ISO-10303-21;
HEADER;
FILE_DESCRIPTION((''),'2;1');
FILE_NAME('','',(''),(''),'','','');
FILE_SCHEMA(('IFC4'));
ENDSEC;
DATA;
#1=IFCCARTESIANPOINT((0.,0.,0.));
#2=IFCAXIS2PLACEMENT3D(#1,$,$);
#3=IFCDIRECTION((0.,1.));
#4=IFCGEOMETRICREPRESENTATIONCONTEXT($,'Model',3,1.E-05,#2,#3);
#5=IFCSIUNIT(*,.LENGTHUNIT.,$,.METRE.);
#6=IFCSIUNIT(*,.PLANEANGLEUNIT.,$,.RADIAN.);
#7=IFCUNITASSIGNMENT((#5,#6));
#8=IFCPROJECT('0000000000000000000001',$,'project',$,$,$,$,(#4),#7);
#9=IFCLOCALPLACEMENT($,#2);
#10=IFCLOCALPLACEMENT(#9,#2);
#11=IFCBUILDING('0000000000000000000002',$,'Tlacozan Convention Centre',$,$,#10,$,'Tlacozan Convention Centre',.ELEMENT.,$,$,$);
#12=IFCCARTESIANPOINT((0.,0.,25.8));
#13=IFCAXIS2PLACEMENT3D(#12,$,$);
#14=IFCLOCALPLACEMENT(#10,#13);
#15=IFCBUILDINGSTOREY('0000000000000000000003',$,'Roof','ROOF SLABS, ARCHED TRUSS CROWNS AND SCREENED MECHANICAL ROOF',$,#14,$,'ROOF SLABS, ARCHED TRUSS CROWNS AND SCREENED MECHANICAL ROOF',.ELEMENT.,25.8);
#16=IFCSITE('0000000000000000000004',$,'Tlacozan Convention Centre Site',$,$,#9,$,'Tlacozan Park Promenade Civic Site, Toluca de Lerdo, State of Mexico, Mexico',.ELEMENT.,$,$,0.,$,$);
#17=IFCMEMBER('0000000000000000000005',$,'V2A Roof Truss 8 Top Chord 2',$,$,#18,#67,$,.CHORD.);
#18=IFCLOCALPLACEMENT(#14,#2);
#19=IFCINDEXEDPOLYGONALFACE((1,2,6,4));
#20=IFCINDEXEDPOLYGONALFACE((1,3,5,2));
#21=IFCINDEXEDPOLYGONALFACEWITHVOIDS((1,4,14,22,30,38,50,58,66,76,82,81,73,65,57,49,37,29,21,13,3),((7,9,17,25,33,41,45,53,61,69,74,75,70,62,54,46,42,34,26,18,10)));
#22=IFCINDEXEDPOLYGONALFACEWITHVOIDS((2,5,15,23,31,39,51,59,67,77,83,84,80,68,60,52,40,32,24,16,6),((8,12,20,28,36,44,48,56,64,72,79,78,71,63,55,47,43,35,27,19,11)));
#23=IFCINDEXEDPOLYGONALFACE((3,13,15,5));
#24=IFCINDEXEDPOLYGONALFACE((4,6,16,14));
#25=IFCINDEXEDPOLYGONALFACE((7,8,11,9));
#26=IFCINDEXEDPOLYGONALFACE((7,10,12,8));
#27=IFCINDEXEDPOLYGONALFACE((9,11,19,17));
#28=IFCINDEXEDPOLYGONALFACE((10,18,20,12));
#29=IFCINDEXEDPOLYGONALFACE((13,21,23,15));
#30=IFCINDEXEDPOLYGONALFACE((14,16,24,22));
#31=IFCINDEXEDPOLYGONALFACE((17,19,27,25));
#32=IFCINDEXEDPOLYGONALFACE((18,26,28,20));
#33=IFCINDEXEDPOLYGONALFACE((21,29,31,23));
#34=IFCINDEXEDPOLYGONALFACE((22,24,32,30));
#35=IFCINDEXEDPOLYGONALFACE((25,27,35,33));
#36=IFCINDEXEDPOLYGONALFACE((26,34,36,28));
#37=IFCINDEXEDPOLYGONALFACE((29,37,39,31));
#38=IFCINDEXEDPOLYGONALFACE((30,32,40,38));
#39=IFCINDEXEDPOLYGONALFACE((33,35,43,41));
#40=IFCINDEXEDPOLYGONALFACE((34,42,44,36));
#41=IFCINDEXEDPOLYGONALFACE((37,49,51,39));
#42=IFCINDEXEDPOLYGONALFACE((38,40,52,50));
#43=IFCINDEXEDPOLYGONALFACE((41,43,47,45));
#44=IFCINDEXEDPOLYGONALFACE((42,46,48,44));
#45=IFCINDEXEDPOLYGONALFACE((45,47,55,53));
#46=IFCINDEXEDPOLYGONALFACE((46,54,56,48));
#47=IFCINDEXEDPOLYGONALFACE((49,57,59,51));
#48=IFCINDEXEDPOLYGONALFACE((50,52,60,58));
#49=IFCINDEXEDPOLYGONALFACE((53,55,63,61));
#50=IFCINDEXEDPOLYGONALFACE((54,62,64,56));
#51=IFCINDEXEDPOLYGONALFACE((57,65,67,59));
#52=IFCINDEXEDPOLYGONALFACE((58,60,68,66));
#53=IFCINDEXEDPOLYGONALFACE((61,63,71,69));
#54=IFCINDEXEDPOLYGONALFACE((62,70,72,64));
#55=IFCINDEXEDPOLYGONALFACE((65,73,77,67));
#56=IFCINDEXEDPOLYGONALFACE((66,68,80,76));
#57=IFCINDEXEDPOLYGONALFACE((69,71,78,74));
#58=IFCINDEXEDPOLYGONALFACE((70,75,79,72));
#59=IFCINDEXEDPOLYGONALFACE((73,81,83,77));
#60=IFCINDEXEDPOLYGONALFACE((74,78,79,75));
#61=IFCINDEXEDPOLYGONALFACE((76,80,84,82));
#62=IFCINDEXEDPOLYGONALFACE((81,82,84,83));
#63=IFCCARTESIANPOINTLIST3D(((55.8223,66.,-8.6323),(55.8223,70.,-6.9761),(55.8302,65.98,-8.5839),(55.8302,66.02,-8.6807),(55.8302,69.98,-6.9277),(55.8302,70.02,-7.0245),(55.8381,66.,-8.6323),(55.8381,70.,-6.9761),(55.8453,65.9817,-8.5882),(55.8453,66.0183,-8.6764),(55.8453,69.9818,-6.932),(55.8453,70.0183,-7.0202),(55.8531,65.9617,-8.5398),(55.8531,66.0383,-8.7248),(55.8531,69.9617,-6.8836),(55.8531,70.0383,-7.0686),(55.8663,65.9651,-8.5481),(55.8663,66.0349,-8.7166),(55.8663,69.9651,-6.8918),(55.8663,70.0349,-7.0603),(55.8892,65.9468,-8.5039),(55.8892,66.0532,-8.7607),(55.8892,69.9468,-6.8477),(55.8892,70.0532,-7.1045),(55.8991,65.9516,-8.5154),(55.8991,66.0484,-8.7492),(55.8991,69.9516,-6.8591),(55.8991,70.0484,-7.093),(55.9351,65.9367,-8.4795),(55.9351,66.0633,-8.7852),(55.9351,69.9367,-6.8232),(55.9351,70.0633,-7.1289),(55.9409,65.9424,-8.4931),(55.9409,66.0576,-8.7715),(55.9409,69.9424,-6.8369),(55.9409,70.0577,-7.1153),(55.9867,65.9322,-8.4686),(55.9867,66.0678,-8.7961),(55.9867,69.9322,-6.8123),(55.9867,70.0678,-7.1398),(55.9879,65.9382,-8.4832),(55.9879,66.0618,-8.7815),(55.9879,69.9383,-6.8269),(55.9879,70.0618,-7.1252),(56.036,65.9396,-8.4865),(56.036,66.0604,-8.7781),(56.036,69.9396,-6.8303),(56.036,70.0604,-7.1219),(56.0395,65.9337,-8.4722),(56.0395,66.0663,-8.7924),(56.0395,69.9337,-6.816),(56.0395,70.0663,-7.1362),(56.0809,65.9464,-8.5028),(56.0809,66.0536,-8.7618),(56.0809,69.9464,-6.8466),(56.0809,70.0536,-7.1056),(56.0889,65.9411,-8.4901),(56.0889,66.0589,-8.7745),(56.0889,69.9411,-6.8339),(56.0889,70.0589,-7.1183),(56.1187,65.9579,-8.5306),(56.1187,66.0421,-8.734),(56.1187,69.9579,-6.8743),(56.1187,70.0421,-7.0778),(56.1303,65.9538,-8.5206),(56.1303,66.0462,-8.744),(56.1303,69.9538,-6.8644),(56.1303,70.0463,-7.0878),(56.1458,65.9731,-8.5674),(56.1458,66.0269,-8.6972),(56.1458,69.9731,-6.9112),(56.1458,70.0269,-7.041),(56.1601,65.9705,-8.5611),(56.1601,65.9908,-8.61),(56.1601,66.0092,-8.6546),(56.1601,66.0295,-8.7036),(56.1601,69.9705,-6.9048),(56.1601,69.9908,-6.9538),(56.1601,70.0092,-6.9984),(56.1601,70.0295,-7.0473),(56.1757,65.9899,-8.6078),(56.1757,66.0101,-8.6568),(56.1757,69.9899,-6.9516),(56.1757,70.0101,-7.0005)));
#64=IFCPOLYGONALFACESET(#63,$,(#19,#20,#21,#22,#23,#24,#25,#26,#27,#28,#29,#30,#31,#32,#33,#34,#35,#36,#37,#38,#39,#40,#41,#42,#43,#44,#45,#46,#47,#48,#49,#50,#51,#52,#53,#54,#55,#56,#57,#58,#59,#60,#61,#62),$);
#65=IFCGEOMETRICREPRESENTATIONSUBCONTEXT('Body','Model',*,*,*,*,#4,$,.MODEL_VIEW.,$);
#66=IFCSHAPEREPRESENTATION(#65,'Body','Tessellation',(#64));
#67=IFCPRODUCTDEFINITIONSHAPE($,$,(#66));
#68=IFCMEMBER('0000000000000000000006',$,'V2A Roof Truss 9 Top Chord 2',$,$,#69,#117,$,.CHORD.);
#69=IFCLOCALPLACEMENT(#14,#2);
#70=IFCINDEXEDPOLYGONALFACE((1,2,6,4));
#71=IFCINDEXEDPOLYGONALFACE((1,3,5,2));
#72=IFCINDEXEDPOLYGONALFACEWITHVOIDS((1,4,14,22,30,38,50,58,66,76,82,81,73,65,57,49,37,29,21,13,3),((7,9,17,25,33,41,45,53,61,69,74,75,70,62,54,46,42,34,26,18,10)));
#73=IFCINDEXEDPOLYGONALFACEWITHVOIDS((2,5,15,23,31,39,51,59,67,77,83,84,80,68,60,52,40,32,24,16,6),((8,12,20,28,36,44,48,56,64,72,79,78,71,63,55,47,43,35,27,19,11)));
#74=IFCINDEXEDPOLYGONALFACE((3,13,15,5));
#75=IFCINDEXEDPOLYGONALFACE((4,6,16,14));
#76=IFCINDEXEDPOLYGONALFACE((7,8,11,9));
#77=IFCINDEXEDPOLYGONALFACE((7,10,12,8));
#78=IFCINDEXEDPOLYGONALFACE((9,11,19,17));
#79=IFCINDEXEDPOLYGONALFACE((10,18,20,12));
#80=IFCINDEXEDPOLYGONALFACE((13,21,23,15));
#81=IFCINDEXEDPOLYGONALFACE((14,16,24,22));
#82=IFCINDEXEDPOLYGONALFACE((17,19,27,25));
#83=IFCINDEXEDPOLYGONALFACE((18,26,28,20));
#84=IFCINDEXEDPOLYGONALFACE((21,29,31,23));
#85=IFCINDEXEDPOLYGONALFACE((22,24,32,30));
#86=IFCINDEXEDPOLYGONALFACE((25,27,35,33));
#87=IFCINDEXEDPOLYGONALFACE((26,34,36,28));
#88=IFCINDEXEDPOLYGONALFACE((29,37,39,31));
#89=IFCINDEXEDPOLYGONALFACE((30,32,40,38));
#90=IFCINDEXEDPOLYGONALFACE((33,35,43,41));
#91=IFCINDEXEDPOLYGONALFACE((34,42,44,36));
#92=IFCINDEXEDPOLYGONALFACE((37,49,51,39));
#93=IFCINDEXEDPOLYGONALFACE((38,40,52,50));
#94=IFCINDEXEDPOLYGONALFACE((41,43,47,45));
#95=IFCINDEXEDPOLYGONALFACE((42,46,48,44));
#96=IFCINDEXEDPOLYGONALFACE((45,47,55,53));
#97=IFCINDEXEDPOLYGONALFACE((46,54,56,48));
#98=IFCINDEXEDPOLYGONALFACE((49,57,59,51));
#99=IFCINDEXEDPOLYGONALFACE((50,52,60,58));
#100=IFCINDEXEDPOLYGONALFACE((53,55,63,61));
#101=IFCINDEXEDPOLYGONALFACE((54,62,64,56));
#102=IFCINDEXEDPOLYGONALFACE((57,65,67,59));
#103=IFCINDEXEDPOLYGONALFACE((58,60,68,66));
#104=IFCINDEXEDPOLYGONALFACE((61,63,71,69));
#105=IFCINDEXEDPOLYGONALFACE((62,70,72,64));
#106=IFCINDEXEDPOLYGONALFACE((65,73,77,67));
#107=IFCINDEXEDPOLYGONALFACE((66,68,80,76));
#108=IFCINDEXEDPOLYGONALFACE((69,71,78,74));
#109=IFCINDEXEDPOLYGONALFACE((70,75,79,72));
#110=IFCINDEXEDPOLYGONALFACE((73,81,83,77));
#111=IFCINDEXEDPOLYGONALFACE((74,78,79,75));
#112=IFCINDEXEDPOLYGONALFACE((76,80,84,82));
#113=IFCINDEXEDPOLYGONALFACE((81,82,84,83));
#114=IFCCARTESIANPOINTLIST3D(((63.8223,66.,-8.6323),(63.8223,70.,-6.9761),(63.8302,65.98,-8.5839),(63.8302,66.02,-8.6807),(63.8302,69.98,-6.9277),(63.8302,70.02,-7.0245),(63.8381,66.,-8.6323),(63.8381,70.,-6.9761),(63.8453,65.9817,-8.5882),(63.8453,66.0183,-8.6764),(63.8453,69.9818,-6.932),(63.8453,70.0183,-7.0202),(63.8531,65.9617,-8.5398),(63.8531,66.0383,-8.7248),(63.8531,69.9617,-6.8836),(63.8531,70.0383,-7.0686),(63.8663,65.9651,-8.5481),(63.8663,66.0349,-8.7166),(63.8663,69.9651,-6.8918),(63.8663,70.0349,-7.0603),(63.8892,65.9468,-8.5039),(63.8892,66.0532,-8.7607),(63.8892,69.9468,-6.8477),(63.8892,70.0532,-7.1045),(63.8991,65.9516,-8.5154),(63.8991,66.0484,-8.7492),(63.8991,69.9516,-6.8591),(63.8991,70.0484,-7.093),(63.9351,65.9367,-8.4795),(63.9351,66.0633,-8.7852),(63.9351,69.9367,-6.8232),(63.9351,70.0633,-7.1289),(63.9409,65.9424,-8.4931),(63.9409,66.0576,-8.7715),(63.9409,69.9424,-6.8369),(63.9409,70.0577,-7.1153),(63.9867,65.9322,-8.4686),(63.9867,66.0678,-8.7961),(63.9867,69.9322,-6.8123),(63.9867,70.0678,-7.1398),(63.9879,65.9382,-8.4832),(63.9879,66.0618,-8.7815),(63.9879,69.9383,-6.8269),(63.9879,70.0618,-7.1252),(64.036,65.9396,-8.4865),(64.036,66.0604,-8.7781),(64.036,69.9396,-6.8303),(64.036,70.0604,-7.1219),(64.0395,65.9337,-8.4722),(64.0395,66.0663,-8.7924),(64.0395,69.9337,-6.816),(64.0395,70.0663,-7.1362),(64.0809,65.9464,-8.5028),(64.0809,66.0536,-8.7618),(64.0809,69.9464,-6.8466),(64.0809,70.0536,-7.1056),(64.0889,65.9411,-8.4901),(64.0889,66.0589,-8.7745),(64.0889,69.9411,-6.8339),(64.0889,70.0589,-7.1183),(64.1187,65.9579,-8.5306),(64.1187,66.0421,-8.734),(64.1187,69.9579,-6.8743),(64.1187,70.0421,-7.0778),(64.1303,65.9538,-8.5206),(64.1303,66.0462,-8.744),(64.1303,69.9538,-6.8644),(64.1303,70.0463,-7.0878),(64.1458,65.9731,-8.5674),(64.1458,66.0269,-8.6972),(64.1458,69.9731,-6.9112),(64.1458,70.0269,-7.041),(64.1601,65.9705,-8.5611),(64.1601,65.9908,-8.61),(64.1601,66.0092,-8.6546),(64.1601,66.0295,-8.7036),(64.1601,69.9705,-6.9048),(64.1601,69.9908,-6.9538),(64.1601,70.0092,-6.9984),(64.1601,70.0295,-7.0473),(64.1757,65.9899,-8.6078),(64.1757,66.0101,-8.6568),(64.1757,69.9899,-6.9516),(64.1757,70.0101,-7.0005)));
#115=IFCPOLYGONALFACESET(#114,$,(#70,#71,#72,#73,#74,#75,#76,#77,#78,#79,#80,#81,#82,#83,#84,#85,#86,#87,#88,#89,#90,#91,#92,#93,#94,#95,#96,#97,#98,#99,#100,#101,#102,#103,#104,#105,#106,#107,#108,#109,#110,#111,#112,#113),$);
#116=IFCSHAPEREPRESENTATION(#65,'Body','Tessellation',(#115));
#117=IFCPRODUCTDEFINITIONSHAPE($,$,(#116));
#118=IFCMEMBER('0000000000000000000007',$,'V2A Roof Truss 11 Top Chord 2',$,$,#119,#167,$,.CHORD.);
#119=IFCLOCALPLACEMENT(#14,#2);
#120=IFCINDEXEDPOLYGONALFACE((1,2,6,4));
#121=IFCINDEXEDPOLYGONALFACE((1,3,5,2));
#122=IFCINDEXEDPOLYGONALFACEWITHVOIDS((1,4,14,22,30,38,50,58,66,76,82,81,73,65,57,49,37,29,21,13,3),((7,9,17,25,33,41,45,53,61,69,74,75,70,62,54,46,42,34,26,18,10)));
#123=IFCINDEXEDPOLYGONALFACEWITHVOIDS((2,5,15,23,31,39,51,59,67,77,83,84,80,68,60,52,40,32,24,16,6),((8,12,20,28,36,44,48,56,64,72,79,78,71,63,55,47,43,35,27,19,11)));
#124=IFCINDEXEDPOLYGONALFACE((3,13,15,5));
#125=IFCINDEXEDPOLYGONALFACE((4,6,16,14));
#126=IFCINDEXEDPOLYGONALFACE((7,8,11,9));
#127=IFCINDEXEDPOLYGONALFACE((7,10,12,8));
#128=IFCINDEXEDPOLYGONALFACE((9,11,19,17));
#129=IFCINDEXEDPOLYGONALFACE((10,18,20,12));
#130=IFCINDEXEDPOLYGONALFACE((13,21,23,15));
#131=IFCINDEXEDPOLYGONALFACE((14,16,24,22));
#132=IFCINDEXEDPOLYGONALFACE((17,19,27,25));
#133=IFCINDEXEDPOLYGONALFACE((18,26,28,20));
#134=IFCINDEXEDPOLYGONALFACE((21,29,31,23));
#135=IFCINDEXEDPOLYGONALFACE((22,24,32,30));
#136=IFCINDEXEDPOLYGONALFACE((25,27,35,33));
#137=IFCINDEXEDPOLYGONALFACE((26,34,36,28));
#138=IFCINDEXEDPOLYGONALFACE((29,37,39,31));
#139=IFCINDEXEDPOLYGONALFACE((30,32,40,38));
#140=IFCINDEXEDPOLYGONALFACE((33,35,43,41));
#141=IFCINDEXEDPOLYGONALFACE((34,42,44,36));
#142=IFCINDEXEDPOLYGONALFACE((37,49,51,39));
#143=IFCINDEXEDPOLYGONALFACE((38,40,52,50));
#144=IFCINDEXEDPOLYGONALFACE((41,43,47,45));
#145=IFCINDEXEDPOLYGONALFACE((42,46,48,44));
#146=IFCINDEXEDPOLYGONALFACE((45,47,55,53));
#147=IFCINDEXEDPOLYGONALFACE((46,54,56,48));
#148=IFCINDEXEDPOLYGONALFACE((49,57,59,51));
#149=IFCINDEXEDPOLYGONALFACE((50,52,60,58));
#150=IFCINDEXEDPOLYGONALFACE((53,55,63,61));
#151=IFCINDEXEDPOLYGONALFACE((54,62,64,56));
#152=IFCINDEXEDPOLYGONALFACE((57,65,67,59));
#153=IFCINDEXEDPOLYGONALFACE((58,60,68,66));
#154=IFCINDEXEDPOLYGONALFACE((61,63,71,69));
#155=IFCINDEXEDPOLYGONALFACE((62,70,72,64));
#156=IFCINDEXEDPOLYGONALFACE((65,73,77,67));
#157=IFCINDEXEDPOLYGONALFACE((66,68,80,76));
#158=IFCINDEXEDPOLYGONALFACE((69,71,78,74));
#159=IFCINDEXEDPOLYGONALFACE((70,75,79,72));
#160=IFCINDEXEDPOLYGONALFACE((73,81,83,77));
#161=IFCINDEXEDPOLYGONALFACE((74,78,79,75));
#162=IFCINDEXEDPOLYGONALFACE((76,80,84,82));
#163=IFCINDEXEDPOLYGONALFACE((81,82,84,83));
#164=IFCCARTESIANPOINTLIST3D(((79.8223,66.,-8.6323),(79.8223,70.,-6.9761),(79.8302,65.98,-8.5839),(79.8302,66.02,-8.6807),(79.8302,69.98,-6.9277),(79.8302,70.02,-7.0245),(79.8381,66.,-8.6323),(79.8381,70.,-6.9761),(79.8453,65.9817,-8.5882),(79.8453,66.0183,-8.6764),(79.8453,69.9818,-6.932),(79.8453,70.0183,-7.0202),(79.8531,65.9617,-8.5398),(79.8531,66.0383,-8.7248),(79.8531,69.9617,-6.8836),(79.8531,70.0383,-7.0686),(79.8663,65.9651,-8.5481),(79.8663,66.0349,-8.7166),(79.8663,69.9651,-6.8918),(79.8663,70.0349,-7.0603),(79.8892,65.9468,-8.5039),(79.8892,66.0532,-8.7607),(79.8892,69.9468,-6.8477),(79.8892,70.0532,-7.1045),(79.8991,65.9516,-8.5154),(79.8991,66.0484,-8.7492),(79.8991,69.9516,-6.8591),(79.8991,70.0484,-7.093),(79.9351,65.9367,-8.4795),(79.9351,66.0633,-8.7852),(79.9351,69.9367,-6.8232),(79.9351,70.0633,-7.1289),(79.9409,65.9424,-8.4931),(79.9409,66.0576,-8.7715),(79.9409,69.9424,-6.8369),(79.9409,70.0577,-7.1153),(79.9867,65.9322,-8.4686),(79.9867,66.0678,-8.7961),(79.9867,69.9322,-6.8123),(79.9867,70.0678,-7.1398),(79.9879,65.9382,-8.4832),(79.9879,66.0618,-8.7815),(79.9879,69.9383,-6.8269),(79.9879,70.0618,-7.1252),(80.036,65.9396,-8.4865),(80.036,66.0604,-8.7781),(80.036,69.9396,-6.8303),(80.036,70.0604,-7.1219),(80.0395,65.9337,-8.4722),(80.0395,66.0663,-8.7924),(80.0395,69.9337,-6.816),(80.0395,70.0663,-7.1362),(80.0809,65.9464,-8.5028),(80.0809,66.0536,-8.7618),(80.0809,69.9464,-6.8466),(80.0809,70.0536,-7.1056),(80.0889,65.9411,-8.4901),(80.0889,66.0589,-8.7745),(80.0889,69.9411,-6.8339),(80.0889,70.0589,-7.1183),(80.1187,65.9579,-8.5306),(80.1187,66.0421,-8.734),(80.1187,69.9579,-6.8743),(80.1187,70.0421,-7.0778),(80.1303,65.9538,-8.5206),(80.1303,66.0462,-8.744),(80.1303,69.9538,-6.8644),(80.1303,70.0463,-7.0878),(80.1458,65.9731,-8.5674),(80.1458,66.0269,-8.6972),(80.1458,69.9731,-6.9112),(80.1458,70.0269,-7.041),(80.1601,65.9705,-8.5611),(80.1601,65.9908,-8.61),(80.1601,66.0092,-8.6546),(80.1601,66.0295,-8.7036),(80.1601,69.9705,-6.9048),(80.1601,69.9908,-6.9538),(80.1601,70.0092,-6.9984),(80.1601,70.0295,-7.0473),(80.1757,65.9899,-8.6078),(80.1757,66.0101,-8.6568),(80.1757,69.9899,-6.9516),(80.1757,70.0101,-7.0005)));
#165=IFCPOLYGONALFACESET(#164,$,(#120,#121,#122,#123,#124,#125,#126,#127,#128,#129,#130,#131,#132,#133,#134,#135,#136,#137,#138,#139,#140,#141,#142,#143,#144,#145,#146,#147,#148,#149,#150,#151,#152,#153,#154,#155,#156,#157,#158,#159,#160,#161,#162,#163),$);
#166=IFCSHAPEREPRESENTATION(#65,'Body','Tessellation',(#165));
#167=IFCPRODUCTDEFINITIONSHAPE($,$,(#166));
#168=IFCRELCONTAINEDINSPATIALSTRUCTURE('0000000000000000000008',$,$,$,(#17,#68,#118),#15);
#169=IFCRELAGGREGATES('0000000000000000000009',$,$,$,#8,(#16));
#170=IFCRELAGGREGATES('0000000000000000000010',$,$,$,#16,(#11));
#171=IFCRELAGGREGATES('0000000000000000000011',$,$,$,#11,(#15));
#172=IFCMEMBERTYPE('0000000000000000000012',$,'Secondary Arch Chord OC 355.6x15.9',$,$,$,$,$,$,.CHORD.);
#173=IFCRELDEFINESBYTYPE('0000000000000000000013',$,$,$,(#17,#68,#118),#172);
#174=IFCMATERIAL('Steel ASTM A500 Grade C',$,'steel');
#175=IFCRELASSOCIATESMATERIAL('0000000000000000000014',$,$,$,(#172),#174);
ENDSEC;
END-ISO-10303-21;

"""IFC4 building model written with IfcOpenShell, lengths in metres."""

from ifc_helpers import new_model, si_unit, direction, frame, origin, origin_2d, place, context, subcontext, project, spatial, hollow_circle, extrude, material, material_profile, profile_set, type_object, element, save


model = new_model("IFC4")

# Units and contexts
model_context = context("Model", 3, precision=1e-05, world=origin(), true_north=direction((0.0, 1.0)))
body_context = subcontext(model_context, "Body", "Model", "MODEL_VIEW")
ifc_project = project(units=[si_unit("LENGTHUNIT", "METRE"), si_unit("PLANEANGLEUNIT", "RADIAN")], contexts=[model_context])

# Site, building, storey
site_placement = place(None, origin())
site = spatial("IfcSite", under=ifc_project, at=site_placement, Name="Tlacozan Convention Centre Site", LongName="Tlacozan Park Promenade Civic Site, Toluca de Lerdo, State of Mexico, Mexico", CompositionType="ELEMENT", RefElevation=0.0)
building_placement = place(site_placement, origin())
building = spatial("IfcBuilding", under=site, at=building_placement, Name="Tlacozan Convention Centre", LongName="Tlacozan Convention Centre", CompositionType="ELEMENT")
storey_placement = place(building_placement, frame((0.0, 0.0, 25.8)))
storey = spatial("IfcBuildingStorey", under=building, at=storey_placement, Name="Roof", Description="ROOF SLABS, ARCHED TRUSS CROWNS AND SCREENED MECHANICAL ROOF", LongName="ROOF SLABS, ARCHED TRUSS CROWNS AND SCREENED MECHANICAL ROOF", CompositionType="ELEMENT", Elevation=25.8)

# Members
ifc_material_1 = material(Name="Steel ASTM A500 Grade C", Category="steel")
ifc_material_profile_1 = material_profile(ifc_material_1, hollow_circle(Radius=0.1777, WallThickness=0.0159, at=origin_2d()), Name="OC 355.6x15.9")
ifc_profile_set_1 = profile_set([ifc_material_profile_1], Name="Steel ASTM A500 Grade C")
member_type_1 = type_object("IfcMemberType", Name="Secondary Arch Chord OC 355.6x15.9", PredefinedType="CHORD", material=ifc_profile_set_1)
for number, where, z_axis, x_axis, name in (
    (1, (56.0, 66.0, -8.6323), (0.0, 0.923929, 0.382564), (-1.0, 0.0, 0.0), "V2A Roof Truss 8 Top Chord 2"),
    (2, (64.0, 66.0, -8.6323), (0.0, 0.923929, 0.382564), (-1.0, 0.0, 0.0), "V2A Roof Truss 9 Top Chord 2"),
    (3, (80.0, 66.0, -8.6323), (0.0, 0.923929, 0.382564), (-1.0, 0.0, 0.0), "V2A Roof Truss 11 Top Chord 2"),
):
    element("IfcMember", number, at=place(storey_placement, frame(where, z_axis=z_axis, x_axis=x_axis)), inside=storey, type_object=member_type_1, Name=name, PredefinedType="CHORD", context=body_context, shape_type="SweptSolid", body=[
        extrude(hollow_circle(Radius=0.1777, WallThickness=0.0159, at=origin_2d()), origin(), (0.0, 0.0, 1.0), 4.3293),
    ])

save(model, "model.ifc")
